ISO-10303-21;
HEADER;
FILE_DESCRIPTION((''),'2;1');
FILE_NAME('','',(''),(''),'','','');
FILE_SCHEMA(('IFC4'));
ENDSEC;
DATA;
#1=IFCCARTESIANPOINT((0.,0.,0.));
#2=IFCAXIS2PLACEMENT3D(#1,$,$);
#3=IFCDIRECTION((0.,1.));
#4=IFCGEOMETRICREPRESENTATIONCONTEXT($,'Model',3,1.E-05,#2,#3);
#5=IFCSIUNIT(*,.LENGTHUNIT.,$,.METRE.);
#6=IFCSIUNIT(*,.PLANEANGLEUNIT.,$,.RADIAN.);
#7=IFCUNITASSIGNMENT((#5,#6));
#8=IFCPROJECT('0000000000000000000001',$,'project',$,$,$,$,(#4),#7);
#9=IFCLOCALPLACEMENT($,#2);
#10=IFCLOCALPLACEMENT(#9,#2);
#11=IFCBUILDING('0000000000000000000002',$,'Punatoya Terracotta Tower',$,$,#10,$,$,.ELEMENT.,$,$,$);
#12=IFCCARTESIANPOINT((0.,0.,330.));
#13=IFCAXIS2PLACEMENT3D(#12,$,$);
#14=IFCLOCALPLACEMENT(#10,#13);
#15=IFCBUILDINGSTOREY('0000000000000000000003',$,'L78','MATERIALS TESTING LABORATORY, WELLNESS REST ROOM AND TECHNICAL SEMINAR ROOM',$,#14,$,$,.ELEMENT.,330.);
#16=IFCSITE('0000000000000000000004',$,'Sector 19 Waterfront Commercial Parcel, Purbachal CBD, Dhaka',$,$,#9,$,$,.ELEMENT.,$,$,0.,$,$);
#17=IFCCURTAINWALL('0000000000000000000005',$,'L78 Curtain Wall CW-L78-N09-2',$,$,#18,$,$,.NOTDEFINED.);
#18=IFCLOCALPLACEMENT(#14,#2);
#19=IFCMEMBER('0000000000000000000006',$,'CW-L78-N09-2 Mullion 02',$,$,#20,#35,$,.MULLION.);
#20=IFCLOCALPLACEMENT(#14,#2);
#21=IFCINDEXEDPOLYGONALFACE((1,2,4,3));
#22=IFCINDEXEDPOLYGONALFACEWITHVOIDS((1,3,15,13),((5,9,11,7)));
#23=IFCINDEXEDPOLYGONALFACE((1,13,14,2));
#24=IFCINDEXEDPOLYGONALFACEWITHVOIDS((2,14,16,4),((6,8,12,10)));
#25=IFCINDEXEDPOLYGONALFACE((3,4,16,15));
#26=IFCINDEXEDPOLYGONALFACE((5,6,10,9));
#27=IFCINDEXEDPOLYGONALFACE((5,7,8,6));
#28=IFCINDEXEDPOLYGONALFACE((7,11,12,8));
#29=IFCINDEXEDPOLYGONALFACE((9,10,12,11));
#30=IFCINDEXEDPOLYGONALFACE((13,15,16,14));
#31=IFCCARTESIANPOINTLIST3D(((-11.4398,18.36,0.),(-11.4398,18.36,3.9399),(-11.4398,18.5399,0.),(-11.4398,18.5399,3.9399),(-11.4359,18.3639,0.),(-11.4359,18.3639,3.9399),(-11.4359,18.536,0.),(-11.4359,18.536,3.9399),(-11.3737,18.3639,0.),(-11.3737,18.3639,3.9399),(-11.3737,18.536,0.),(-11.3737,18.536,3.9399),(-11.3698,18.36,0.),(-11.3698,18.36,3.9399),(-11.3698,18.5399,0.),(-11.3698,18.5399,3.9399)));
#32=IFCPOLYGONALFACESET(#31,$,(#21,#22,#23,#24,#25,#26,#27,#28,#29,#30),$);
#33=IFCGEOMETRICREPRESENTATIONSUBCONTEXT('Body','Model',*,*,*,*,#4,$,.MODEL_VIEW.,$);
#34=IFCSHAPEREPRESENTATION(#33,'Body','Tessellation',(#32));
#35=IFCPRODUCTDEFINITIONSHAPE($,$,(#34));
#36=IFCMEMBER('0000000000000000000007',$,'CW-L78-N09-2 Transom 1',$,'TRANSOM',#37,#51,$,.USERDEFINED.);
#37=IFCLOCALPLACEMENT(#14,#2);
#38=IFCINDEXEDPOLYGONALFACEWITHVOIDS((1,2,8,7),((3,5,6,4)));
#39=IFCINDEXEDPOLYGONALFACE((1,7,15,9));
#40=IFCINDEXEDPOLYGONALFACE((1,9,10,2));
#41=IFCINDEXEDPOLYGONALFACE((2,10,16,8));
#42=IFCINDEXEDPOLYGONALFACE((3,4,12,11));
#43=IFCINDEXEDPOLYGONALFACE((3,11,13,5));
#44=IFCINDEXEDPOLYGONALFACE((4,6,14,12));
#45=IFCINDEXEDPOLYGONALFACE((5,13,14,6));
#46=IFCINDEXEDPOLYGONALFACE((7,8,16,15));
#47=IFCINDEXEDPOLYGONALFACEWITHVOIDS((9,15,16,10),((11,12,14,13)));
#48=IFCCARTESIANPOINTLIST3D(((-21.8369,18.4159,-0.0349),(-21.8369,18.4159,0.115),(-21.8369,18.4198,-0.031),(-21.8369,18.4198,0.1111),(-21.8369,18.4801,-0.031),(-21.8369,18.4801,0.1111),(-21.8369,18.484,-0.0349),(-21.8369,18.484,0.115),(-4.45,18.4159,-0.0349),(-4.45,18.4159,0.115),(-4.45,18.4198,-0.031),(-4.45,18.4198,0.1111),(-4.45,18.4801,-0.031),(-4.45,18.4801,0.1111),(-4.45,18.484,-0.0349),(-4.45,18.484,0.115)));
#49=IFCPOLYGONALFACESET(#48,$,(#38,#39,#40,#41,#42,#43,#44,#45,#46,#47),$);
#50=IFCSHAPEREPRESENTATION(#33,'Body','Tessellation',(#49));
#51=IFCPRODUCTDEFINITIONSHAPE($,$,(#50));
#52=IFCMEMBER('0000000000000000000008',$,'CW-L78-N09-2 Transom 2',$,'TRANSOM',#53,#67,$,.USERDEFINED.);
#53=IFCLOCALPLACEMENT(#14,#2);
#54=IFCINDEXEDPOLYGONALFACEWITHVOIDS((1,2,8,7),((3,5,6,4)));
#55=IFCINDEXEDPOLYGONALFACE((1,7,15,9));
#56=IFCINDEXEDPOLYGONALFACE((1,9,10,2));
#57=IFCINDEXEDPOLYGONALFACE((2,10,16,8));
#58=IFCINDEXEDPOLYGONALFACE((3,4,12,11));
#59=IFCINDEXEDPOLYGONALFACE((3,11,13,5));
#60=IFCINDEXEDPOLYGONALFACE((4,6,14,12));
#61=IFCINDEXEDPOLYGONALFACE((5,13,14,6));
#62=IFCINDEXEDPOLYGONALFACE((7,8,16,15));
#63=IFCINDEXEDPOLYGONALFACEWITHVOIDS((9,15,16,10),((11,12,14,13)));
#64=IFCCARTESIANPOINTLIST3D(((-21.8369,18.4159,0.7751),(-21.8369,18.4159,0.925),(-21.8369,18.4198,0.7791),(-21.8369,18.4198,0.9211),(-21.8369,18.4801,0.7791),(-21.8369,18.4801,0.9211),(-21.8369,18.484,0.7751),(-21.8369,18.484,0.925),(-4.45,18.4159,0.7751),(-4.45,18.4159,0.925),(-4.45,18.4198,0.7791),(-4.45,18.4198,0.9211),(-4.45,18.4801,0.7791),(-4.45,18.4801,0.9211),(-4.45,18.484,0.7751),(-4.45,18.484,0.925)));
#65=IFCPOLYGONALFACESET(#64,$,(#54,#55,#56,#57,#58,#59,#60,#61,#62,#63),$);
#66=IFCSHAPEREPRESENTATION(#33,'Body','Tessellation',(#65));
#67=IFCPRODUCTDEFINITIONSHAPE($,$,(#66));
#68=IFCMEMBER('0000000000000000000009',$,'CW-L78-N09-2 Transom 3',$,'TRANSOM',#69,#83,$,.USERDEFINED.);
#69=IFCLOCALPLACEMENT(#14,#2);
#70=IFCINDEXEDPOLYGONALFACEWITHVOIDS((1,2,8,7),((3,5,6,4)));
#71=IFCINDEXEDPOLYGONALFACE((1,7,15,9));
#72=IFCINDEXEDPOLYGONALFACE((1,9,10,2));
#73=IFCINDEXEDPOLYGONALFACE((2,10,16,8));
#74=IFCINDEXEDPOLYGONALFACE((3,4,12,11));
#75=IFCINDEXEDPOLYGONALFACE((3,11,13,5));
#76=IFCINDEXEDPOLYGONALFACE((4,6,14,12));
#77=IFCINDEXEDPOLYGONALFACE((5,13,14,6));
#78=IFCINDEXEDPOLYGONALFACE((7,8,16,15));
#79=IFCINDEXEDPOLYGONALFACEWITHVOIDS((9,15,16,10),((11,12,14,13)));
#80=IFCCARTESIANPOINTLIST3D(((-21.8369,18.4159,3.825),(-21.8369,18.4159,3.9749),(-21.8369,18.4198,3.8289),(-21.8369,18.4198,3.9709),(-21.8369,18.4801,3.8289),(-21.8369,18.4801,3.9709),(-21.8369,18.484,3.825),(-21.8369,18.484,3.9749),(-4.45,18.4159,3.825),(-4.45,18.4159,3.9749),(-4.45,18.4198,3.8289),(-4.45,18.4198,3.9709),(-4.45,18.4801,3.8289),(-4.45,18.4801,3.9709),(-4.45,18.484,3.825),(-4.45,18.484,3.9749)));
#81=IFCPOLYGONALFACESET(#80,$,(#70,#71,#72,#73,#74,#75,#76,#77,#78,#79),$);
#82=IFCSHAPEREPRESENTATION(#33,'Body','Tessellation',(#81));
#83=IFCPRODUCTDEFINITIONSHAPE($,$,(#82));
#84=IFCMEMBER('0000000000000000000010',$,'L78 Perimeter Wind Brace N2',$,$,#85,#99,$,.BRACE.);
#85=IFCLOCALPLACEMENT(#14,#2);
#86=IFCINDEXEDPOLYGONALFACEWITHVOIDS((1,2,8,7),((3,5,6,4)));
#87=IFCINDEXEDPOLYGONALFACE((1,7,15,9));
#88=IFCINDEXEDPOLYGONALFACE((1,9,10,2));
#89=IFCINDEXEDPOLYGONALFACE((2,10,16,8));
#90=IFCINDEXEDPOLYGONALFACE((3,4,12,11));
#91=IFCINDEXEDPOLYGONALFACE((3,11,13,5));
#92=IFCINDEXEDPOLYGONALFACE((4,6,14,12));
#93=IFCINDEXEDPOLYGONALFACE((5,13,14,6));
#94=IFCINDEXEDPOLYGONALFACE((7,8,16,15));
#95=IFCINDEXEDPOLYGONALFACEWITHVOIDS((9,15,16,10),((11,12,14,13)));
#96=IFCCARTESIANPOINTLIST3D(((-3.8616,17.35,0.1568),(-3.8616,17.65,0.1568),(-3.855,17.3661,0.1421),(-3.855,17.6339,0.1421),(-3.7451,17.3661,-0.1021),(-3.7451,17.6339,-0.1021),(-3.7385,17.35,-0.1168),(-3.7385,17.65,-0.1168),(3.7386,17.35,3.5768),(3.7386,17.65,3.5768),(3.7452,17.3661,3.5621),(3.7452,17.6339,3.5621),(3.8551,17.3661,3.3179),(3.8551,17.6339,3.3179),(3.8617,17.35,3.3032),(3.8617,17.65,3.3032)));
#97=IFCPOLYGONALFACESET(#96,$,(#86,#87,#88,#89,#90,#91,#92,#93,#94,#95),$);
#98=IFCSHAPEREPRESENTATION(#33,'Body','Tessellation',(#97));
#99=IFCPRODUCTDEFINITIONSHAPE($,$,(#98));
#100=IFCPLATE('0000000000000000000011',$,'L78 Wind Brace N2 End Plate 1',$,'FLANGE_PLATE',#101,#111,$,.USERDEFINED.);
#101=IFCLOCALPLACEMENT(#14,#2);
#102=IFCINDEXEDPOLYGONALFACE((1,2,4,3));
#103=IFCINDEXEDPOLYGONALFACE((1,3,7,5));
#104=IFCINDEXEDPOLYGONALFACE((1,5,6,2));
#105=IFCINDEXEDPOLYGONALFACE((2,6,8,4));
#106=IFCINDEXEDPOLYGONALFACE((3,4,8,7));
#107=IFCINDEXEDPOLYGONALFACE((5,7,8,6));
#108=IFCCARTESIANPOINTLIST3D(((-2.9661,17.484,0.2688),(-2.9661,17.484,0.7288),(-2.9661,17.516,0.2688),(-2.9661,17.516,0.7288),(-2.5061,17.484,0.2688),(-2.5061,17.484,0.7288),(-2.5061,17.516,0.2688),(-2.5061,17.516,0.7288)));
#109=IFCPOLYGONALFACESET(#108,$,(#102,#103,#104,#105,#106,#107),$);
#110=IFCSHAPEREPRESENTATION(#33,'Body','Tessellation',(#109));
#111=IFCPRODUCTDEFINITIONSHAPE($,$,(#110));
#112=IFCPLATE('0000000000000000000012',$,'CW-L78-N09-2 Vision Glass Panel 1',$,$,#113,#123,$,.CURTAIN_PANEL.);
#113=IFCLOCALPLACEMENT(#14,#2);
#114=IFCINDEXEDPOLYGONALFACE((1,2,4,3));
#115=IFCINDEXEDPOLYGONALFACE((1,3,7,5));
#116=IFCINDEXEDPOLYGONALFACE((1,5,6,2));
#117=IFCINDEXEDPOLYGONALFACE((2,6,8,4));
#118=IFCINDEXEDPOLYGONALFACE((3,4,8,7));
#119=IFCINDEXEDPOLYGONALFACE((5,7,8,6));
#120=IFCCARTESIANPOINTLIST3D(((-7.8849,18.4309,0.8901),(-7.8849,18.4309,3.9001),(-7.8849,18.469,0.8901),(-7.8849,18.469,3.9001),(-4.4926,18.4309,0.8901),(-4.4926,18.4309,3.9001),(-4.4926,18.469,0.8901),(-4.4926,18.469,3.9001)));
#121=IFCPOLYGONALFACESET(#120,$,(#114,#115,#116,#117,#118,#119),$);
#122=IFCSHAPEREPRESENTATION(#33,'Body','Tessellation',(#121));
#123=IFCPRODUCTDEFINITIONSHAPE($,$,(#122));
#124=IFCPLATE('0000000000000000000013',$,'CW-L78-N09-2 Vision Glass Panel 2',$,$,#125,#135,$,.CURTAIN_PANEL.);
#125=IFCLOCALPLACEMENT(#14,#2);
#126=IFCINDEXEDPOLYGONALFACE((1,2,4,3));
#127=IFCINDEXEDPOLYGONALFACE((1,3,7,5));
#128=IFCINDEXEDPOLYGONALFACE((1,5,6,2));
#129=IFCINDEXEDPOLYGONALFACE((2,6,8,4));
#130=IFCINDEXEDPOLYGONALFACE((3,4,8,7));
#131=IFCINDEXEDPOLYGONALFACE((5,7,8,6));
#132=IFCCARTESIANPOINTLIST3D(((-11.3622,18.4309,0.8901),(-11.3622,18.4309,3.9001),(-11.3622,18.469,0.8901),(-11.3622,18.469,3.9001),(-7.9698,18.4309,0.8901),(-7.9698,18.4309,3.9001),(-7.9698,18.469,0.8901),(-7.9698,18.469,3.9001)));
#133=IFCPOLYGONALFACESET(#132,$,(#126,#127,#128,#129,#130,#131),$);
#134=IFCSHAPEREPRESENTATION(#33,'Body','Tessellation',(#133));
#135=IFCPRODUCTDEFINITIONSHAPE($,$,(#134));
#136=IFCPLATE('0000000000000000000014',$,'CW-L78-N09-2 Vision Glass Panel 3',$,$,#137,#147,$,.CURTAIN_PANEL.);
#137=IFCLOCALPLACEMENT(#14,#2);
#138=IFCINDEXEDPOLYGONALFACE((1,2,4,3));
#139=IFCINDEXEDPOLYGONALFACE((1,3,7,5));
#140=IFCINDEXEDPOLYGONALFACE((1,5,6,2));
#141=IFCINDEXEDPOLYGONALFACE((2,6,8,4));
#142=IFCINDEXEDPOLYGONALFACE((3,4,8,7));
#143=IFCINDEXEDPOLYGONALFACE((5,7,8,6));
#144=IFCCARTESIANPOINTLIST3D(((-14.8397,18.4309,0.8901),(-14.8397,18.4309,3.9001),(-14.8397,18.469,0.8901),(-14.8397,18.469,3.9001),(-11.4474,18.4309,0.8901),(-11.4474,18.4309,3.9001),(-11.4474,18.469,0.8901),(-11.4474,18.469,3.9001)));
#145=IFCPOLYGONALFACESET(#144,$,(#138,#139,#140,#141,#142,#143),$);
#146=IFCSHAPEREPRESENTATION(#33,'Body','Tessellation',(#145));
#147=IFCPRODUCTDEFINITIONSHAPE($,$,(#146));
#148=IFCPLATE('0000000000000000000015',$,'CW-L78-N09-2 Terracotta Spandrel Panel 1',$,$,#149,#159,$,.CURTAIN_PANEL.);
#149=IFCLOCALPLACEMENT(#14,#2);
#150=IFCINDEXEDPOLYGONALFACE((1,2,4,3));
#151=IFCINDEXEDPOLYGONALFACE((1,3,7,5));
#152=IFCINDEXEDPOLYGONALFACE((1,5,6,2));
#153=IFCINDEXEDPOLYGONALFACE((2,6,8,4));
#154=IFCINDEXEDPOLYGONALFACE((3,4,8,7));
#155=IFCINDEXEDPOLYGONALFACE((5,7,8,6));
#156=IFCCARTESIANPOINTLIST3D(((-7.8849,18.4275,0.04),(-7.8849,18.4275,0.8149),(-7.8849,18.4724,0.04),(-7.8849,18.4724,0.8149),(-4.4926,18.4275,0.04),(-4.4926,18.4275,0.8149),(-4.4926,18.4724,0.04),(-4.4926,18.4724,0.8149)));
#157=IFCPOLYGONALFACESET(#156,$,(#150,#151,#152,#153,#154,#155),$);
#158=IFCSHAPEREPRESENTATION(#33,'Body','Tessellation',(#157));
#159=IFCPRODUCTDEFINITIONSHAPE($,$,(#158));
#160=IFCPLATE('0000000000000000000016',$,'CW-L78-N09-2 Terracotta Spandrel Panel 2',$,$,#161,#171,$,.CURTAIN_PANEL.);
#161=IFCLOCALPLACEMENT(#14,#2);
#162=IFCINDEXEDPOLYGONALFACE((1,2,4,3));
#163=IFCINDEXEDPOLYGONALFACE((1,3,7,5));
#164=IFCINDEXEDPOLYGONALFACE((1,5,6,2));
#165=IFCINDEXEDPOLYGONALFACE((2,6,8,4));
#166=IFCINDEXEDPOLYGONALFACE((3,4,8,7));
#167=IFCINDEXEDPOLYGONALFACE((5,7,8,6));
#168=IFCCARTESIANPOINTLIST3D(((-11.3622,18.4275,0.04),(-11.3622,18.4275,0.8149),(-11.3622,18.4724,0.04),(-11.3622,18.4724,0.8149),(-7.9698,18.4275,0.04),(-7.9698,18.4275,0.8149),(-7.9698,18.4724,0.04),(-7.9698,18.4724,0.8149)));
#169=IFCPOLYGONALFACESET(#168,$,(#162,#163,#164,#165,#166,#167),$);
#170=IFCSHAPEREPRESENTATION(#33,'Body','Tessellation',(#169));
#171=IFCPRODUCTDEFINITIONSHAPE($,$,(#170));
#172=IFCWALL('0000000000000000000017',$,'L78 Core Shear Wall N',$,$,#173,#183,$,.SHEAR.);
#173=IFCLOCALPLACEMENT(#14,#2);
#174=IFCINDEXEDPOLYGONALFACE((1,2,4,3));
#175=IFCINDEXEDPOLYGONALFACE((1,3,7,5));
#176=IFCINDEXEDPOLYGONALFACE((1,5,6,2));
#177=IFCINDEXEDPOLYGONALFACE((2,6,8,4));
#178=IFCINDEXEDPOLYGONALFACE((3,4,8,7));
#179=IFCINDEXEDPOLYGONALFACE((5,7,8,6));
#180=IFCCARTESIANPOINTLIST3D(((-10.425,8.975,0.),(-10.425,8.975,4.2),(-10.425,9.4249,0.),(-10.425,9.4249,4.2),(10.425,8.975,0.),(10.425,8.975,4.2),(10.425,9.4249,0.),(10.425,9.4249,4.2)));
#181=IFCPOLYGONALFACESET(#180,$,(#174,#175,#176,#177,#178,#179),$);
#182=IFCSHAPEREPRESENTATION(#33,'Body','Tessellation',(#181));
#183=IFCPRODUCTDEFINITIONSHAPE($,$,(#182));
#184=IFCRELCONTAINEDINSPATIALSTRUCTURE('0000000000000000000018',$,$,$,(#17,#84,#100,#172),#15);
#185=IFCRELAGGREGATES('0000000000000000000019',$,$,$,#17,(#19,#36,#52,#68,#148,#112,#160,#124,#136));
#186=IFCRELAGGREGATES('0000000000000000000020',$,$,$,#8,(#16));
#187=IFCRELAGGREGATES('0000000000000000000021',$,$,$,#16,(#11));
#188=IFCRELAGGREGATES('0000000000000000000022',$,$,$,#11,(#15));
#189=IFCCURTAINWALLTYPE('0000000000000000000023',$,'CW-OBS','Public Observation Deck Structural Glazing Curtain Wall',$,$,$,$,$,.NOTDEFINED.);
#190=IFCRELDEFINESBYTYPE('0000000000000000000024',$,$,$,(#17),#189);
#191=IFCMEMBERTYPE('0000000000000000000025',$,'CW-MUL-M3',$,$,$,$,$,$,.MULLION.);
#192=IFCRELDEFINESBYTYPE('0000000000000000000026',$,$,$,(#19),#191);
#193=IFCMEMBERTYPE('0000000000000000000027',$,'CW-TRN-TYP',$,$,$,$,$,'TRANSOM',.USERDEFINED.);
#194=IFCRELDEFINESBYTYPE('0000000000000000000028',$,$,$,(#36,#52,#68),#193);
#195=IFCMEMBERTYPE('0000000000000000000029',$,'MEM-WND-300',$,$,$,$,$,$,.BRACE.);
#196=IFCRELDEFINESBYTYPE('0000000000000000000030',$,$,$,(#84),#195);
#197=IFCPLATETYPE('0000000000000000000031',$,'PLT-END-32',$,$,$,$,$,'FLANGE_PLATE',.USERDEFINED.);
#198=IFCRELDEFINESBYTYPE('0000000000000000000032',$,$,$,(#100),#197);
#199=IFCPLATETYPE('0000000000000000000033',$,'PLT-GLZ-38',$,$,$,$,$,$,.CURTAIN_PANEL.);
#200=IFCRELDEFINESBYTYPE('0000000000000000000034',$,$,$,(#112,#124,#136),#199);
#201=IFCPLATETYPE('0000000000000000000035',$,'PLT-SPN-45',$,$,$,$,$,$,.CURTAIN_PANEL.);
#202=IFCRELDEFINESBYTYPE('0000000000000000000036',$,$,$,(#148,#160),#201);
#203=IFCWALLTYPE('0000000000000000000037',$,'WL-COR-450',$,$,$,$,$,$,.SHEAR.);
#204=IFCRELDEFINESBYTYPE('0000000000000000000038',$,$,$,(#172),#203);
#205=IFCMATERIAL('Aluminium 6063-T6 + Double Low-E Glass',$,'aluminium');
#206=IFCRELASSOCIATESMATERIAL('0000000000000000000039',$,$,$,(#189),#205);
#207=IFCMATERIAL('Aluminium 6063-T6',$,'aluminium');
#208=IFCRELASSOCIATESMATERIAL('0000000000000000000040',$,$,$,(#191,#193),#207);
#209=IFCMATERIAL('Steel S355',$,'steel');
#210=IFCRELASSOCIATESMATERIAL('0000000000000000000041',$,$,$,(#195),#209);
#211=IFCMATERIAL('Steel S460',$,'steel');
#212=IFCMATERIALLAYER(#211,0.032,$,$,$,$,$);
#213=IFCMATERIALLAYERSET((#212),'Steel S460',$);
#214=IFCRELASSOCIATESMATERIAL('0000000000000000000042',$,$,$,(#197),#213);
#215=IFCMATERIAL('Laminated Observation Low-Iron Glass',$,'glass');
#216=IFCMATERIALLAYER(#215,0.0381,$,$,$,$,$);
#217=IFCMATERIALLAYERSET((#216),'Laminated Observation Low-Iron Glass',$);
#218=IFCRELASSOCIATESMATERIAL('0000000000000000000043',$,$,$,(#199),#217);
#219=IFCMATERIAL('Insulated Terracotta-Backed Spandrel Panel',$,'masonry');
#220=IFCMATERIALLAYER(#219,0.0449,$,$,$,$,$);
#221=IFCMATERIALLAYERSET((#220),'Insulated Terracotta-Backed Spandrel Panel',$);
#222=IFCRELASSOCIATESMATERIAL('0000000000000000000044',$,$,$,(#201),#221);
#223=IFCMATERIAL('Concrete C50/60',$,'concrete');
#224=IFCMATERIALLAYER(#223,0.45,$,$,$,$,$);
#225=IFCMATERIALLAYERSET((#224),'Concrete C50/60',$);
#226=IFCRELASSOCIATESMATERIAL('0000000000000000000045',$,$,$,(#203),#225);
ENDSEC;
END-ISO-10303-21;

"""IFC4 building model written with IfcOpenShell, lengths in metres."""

from ifc_helpers import new_model, si_unit, direction, frame, frame_2d, origin, origin_2d, place, context, subcontext, project, spatial, rectangle, hollow_rectangle, extrude, material, layer, layer_set, material_profile, profile_set, type_object, element, aggregate, save


model = new_model("IFC4")

# Units and contexts
model_context = context("Model", 3, precision=1e-05, world=origin(), true_north=direction((0.0, 1.0)))
body_context = subcontext(model_context, "Body", "Model", "MODEL_VIEW")
ifc_project = project(units=[si_unit("LENGTHUNIT", "METRE"), si_unit("PLANEANGLEUNIT", "RADIAN")], contexts=[model_context])

# Site, building, storey
site_placement = place(None, origin())
site = spatial("IfcSite", under=ifc_project, at=site_placement, Name="Sector 19 Waterfront Commercial Parcel, Purbachal CBD, Dhaka", CompositionType="ELEMENT", RefElevation=0.0)
building_placement = place(site_placement, origin())
building = spatial("IfcBuilding", under=site, at=building_placement, Name="Punatoya Terracotta Tower", CompositionType="ELEMENT")
storey_placement = place(building_placement, frame((0.0, 0.0, 330.0)))
storey = spatial("IfcBuildingStorey", under=building, at=storey_placement, Name="L78", Description="MATERIALS TESTING LABORATORY, WELLNESS REST ROOM AND TECHNICAL SEMINAR ROOM", CompositionType="ELEMENT", Elevation=330.0)

# Shared definitions
ifc_material_1 = material(Name="Steel S460", Category="steel")

# Shared definitions
ifc_material_2 = material(Name="Steel S355", Category="steel")

# Curtain wall, members
ifc_material_3 = material(Name="Aluminium 6063-T6 + Double Low-E Glass", Category="aluminium")
curtain_wall_type = type_object("IfcCurtainWallType", Name="CW-OBS", Description="Public Observation Deck Structural Glazing Curtain Wall", PredefinedType="NOTDEFINED", material=ifc_material_3)
curtain_wall_placement = place(storey_placement, origin())
curtain_wall = element("IfcCurtainWall", 1, at=curtain_wall_placement, inside=storey, type_object=curtain_wall_type, Name="L78 Curtain Wall CW-L78-N09-2", PredefinedType="NOTDEFINED")
ifc_material_4 = material(Name="Aluminium 6063-T6", Category="aluminium")
ifc_material_profile_1 = material_profile(ifc_material_4, hollow_rectangle(XDim=0.0701, YDim=0.1799, WallThickness=0.0039, at=origin_2d()))
ifc_profile_set_1 = profile_set([ifc_material_profile_1], Name="Aluminium 6063-T6")
member_type_1 = type_object("IfcMemberType", Name="CW-MUL-M3", PredefinedType="MULLION", material=ifc_profile_set_1)
member_1_placement = place(storey_placement, frame((-11.4048, 18.45, 0.0), z_axis=(0.0, 0.0, 1.0), x_axis=(1.0, 0.0, 0.0)))
member_1 = element("IfcMember", 2, at=member_1_placement, type_object=member_type_1, Name="CW-L78-N09-2 Mullion 02", PredefinedType="MULLION", context=body_context, shape_type="SweptSolid", body=[
    extrude(hollow_rectangle(XDim=0.0701, YDim=0.1799, WallThickness=0.0039, at=origin_2d()), origin(), (0.0, 0.0, 1.0), 3.9399),
])
ifc_material_profile_2 = material_profile(ifc_material_4, hollow_rectangle(XDim=0.0681, YDim=0.1499, WallThickness=0.0039, at=origin_2d()))
ifc_profile_set_2 = profile_set([ifc_material_profile_2], Name="Aluminium 6063-T6")
member_type_2 = type_object("IfcMemberType", Name="CW-TRN-TYP", ElementType="TRANSOM", PredefinedType="USERDEFINED", material=ifc_profile_set_2)
member_2_placement = place(storey_placement, frame((-4.45, 18.45, 0.04), z_axis=(-1.0, 0.0, 0.0), x_axis=(0.0, -1.0, 0.0)))
member_2 = element("IfcMember", 3, at=member_2_placement, type_object=member_type_2, Name="CW-L78-N09-2 Transom 1", ObjectType="TRANSOM", PredefinedType="USERDEFINED", context=body_context, shape_type="SweptSolid", body=[
    extrude(hollow_rectangle(XDim=0.0681, YDim=0.1499, WallThickness=0.0039, at=origin_2d()), origin(), (0.0, 0.0, 1.0), 17.387),
])
member_3_placement = place(storey_placement, frame((-4.45, 18.45, 0.8501), z_axis=(-1.0, 0.0, 0.0), x_axis=(0.0, -1.0, 0.0)))
member_3 = element("IfcMember", 4, at=member_3_placement, type_object=member_type_2, Name="CW-L78-N09-2 Transom 2", ObjectType="TRANSOM", PredefinedType="USERDEFINED", context=body_context, shape_type="SweptSolid", body=[
    extrude(hollow_rectangle(XDim=0.0681, YDim=0.1499, WallThickness=0.0039, at=origin_2d()), origin(), (0.0, 0.0, 1.0), 17.387),
])
member_4_placement = place(storey_placement, frame((-4.45, 18.45, 3.8999), z_axis=(-1.0, 0.0, 0.0), x_axis=(0.0, -1.0, 0.0)))
member_4 = element("IfcMember", 5, at=member_4_placement, type_object=member_type_2, Name="CW-L78-N09-2 Transom 3", ObjectType="TRANSOM", PredefinedType="USERDEFINED", context=body_context, shape_type="SweptSolid", body=[
    extrude(hollow_rectangle(XDim=0.0681, YDim=0.1499, WallThickness=0.0039, at=origin_2d()), origin(), (0.0, 0.0, 1.0), 17.387),
])

# Member
ifc_material_profile_3 = material_profile(ifc_material_2, hollow_rectangle(XDim=0.3, YDim=0.3, WallThickness=0.0161, at=origin_2d()))
ifc_profile_set_3 = profile_set([ifc_material_profile_3], Name="Steel S355")
member_type_3 = type_object("IfcMemberType", Name="MEM-WND-300", PredefinedType="BRACE", material=ifc_profile_set_3)
member_5_placement = place(storey_placement, frame((-3.8, 17.5, 0.02), z_axis=(0.911927, 0.0, 0.410352), x_axis=(0.0, 1.0, 0.0)))
element("IfcMember", 6, at=member_5_placement, inside=storey, type_object=member_type_3, Name="L78 Perimeter Wind Brace N2", PredefinedType="BRACE", context=body_context, shape_type="SweptSolid", body=[
    extrude(hollow_rectangle(XDim=0.3, YDim=0.3, WallThickness=0.0161, at=origin_2d()), origin(), (0.0, 0.0, 1.0), 8.3342),
])

# Plates
ifc_layer_1 = layer(ifc_material_1, 0.032)
ifc_layer_set_1 = layer_set([ifc_layer_1], Name="Steel S460")
plate_type_1 = type_object("IfcPlateType", Name="PLT-END-32", ElementType="FLANGE_PLATE", PredefinedType="USERDEFINED", material=ifc_layer_set_1)
plate_1_placement = place(storey_placement, frame((-2.7361, 17.5, 0.2688), z_axis=(0.0, 0.0, 1.0), x_axis=(1.0, 0.0, 0.0)))
element("IfcPlate", 7, at=plate_1_placement, inside=storey, type_object=plate_type_1, Name="L78 Wind Brace N2 End Plate 1", ObjectType="FLANGE_PLATE", PredefinedType="USERDEFINED", context=body_context, shape_type="SweptSolid", body=[
    extrude(rectangle(XDim=0.46, YDim=0.032, at=origin_2d()), origin(), (0.0, 0.0, 1.0), 0.46),
])
ifc_material_5 = material(Name="Laminated Observation Low-Iron Glass", Category="glass")
ifc_layer_2 = layer(ifc_material_5, 0.0381)
ifc_layer_set_2 = layer_set([ifc_layer_2], Name="Laminated Observation Low-Iron Glass")
plate_type_2 = type_object("IfcPlateType", Name="PLT-GLZ-38", PredefinedType="CURTAIN_PANEL", material=ifc_layer_set_2)
plate_2_placement = place(storey_placement, frame((-6.1887, 18.45, 0.8901), z_axis=(0.0, 0.0, 1.0), x_axis=(-1.0, 0.0, 0.0)))
plate_2 = element("IfcPlate", 8, at=plate_2_placement, type_object=plate_type_2, Name="CW-L78-N09-2 Vision Glass Panel 1", PredefinedType="CURTAIN_PANEL", context=body_context, shape_type="SweptSolid", body=[
    extrude(rectangle(XDim=3.3923, YDim=0.0381, at=origin_2d()), origin(), (0.0, 0.0, 1.0), 3.01),
])
plate_3_placement = place(storey_placement, frame((-9.666, 18.45, 0.8901), z_axis=(0.0, 0.0, 1.0), x_axis=(-1.0, 0.0, 0.0)))
plate_3 = element("IfcPlate", 9, at=plate_3_placement, type_object=plate_type_2, Name="CW-L78-N09-2 Vision Glass Panel 2", PredefinedType="CURTAIN_PANEL", context=body_context, shape_type="SweptSolid", body=[
    extrude(rectangle(XDim=3.3923, YDim=0.0381, at=origin_2d()), origin(), (0.0, 0.0, 1.0), 3.01),
])
plate_4_placement = place(storey_placement, frame((-13.1436, 18.45, 0.8901), z_axis=(0.0, 0.0, 1.0), x_axis=(-1.0, 0.0, 0.0)))
plate_4 = element("IfcPlate", 10, at=plate_4_placement, type_object=plate_type_2, Name="CW-L78-N09-2 Vision Glass Panel 3", PredefinedType="CURTAIN_PANEL", context=body_context, shape_type="SweptSolid", body=[
    extrude(rectangle(XDim=3.3923, YDim=0.0381, at=origin_2d()), origin(), (0.0, 0.0, 1.0), 3.01),
])
ifc_material_6 = material(Name="Insulated Terracotta-Backed Spandrel Panel", Category="masonry")
ifc_layer_3 = layer(ifc_material_6, 0.0449)
ifc_layer_set_3 = layer_set([ifc_layer_3], Name="Insulated Terracotta-Backed Spandrel Panel")
plate_type_3 = type_object("IfcPlateType", Name="PLT-SPN-45", PredefinedType="CURTAIN_PANEL", material=ifc_layer_set_3)
plate_5_placement = place(storey_placement, frame((-6.1887, 18.45, 0.04), z_axis=(0.0, 0.0, 1.0), x_axis=(-1.0, 0.0, 0.0)))
plate_5 = element("IfcPlate", 11, at=plate_5_placement, type_object=plate_type_3, Name="CW-L78-N09-2 Terracotta Spandrel Panel 1", PredefinedType="CURTAIN_PANEL", context=body_context, shape_type="SweptSolid", body=[
    extrude(rectangle(XDim=3.3923, YDim=0.0449, at=origin_2d()), origin(), (0.0, 0.0, 1.0), 0.7749),
])
plate_6_placement = place(storey_placement, frame((-9.666, 18.45, 0.04), z_axis=(0.0, 0.0, 1.0), x_axis=(-1.0, 0.0, 0.0)))
plate_6 = element("IfcPlate", 12, at=plate_6_placement, type_object=plate_type_3, Name="CW-L78-N09-2 Terracotta Spandrel Panel 2", PredefinedType="CURTAIN_PANEL", context=body_context, shape_type="SweptSolid", body=[
    extrude(rectangle(XDim=3.3923, YDim=0.0449, at=origin_2d()), origin(), (0.0, 0.0, 1.0), 0.7749),
])
aggregate(curtain_wall, [member_1, member_2, member_3, member_4, plate_5, plate_2, plate_6, plate_3, plate_4])

# Wall
ifc_material_7 = material(Name="Concrete C50/60", Category="concrete")
ifc_layer_4 = layer(ifc_material_7, 0.45)
ifc_layer_set_4 = layer_set([ifc_layer_4], Name="Concrete C50/60")
wall_type_1 = type_object("IfcWallType", Name="WL-COR-450", PredefinedType="SHEAR", material=ifc_layer_set_4)
wall_1_placement = place(storey_placement, frame((-10.425, 9.2, 0.0), z_axis=(0.0, 0.0, 1.0), x_axis=(1.0, 0.0, 0.0)))
element("IfcWall", 13, at=wall_1_placement, inside=storey, type_object=wall_type_1, Name="L78 Core Shear Wall N", PredefinedType="SHEAR", context=body_context, shape_type="SweptSolid", body=[
    extrude(rectangle(XDim=20.8501, YDim=0.45, at=frame_2d((10.425, 0.0))), origin(), (0.0, 0.0, 1.0), 4.2),
])

save(model, "model.ifc")
